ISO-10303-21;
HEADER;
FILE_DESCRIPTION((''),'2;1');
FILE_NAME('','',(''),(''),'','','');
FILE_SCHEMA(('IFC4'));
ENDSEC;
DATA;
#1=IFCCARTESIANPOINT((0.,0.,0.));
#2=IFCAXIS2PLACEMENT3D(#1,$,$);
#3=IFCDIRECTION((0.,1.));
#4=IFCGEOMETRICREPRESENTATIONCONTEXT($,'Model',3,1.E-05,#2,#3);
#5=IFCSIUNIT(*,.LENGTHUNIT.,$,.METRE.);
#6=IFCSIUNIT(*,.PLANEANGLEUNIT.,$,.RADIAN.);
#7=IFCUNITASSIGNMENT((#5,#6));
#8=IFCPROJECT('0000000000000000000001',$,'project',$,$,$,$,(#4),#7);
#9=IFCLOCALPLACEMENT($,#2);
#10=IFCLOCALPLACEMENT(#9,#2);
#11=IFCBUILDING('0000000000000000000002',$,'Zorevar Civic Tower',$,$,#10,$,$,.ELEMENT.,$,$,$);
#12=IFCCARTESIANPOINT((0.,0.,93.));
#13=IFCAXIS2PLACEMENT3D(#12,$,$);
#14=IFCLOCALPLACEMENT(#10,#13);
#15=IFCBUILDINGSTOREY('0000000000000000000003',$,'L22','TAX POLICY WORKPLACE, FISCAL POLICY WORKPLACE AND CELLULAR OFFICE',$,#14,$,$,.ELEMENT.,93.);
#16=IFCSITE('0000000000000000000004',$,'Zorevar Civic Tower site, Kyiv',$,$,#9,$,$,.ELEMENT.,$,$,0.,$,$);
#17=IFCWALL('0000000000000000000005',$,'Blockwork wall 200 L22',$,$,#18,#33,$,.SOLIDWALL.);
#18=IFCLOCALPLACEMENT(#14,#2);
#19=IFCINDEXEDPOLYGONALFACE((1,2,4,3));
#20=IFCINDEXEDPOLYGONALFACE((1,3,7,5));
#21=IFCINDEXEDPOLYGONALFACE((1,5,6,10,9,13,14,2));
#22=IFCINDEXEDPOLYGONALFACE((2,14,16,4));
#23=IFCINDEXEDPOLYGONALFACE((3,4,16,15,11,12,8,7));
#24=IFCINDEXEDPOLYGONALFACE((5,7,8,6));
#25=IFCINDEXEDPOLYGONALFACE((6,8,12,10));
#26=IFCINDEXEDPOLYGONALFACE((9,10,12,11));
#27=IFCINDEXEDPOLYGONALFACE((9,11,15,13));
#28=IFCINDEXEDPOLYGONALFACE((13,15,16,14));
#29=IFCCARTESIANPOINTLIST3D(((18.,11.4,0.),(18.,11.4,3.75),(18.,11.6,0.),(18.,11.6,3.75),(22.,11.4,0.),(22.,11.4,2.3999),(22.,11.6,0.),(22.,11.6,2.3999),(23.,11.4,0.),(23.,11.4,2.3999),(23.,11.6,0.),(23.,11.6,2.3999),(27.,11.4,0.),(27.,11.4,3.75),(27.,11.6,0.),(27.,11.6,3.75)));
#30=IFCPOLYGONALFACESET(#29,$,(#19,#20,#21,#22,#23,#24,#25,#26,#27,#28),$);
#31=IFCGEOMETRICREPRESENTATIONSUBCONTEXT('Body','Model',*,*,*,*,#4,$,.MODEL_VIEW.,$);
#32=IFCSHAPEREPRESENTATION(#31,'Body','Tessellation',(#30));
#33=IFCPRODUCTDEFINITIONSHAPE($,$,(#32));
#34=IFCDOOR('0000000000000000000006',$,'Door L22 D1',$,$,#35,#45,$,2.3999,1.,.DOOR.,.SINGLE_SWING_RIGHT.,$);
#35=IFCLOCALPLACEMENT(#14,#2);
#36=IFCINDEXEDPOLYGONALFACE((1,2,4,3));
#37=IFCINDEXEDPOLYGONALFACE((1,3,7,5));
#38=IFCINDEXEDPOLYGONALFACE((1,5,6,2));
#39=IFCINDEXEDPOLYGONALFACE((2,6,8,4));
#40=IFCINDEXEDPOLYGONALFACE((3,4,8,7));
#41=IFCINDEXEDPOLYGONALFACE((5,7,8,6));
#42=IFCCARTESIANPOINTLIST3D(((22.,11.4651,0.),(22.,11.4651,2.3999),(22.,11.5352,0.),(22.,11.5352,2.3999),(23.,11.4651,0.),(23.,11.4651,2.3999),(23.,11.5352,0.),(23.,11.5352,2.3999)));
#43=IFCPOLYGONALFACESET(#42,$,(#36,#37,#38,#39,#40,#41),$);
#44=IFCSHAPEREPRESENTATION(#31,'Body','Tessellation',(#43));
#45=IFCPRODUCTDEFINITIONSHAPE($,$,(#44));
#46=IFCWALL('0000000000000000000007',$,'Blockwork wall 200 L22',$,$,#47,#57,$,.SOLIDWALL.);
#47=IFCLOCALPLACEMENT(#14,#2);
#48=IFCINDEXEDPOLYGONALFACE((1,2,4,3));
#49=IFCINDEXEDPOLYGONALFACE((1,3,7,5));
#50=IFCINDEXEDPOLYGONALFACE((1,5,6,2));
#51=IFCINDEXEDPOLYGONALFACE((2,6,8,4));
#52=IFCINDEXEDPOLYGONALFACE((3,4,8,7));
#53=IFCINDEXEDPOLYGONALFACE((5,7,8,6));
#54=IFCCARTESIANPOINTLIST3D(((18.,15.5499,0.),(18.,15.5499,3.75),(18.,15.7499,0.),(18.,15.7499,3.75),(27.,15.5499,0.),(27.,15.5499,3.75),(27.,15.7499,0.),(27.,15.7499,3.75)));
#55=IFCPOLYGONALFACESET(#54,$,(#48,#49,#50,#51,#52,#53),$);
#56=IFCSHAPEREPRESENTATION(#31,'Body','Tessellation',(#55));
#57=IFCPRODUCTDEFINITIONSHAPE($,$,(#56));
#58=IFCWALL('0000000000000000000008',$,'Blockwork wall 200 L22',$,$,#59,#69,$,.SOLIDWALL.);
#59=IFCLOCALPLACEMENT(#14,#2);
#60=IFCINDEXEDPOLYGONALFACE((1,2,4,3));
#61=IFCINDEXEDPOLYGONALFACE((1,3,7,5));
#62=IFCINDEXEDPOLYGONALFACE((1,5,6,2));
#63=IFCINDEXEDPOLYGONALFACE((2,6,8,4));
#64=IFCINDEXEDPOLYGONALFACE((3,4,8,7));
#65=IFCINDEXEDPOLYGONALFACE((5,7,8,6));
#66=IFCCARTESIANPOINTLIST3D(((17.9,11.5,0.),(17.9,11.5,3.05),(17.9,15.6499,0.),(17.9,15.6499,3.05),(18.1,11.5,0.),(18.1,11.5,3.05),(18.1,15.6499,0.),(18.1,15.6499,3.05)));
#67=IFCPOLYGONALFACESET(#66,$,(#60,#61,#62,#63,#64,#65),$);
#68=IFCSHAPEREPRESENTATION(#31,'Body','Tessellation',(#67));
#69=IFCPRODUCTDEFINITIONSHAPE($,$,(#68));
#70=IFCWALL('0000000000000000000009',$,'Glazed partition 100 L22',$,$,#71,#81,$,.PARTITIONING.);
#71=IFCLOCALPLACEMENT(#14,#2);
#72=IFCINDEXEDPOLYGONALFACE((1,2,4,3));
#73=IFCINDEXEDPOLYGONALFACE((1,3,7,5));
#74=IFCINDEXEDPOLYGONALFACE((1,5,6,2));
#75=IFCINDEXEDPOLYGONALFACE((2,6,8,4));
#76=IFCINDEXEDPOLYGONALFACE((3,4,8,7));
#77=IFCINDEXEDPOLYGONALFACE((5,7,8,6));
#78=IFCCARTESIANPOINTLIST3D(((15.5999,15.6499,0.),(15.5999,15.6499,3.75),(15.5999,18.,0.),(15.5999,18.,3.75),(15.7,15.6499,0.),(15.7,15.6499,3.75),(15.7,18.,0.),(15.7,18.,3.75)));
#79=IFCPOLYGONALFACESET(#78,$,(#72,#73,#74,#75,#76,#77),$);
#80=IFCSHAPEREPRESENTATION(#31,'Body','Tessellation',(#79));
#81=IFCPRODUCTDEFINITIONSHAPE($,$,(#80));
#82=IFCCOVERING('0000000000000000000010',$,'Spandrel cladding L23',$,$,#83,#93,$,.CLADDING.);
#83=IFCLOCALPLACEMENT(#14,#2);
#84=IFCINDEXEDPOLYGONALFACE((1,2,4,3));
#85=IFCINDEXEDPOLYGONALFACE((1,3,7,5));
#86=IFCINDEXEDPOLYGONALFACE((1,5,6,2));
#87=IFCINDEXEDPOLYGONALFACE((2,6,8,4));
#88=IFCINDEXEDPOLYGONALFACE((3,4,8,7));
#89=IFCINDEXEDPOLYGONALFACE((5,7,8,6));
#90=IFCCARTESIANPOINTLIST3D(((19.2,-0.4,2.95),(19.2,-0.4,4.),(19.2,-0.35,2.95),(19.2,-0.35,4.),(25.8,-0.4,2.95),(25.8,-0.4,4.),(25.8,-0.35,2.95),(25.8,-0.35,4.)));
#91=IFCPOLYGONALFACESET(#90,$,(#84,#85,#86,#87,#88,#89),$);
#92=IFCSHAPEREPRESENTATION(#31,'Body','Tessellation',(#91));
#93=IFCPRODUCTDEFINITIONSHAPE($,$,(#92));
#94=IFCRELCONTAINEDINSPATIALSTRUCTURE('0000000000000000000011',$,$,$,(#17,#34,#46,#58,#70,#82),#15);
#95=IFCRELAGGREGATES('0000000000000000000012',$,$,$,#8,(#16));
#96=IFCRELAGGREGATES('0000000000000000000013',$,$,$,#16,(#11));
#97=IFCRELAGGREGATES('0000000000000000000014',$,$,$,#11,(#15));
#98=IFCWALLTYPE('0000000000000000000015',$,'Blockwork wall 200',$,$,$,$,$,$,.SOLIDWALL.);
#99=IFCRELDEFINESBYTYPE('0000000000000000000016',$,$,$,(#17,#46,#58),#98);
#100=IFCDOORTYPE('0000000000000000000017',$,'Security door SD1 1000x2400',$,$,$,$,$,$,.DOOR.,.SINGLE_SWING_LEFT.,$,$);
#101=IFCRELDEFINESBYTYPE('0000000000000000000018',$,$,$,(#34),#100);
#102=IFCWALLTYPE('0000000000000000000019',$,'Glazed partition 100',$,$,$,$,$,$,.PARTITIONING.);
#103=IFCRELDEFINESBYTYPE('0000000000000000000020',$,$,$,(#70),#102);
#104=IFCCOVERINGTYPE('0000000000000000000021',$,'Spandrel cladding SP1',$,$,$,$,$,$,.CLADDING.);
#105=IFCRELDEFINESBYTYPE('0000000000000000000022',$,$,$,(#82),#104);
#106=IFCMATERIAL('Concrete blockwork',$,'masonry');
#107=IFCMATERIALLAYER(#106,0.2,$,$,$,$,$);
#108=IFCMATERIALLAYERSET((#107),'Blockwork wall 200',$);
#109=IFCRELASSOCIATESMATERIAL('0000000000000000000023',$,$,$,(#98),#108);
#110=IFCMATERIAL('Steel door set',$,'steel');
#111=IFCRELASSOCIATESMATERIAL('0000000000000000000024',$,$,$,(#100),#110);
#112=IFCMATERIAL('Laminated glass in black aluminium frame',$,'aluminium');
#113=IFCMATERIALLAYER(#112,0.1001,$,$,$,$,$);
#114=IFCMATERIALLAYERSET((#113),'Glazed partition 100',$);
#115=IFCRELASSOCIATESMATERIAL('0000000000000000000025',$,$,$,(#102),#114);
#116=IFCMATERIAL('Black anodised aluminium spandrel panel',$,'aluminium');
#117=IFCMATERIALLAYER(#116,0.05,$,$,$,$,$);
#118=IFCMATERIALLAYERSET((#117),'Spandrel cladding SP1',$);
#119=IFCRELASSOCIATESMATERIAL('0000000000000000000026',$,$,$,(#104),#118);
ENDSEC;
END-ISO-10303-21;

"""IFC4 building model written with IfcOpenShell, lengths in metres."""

from ifc_helpers import new_model, si_unit, direction, frame, frame_2d, origin, place, context, subcontext, project, spatial, rectangle, extrude, material, layer, layer_set, type_object, element, fill, save


model = new_model("IFC4")

# Units and contexts
model_context = context("Model", 3, precision=1e-05, world=origin(), true_north=direction((0.0, 1.0)))
body_context = subcontext(model_context, "Body", "Model", "MODEL_VIEW")
ifc_project = project(units=[si_unit("LENGTHUNIT", "METRE"), si_unit("PLANEANGLEUNIT", "RADIAN")], contexts=[model_context])

# Site, building, storey
site_placement = place(None, origin())
site = spatial("IfcSite", under=ifc_project, at=site_placement, Name="Zorevar Civic Tower site, Kyiv", CompositionType="ELEMENT", RefElevation=0.0)
building_placement = place(site_placement, origin())
building = spatial("IfcBuilding", under=site, at=building_placement, Name="Zorevar Civic Tower", CompositionType="ELEMENT")
storey_placement = place(building_placement, frame((0.0, 0.0, 93.0)))
storey = spatial("IfcBuildingStorey", under=building, at=storey_placement, Name="L22", Description="TAX POLICY WORKPLACE, FISCAL POLICY WORKPLACE AND CELLULAR OFFICE", CompositionType="ELEMENT", Elevation=93.0)

# Wall, opening, door
ifc_material_1 = material(Name="Concrete blockwork", Category="masonry")
ifc_layer_1 = layer(ifc_material_1, 0.2)
ifc_layer_set_1 = layer_set([ifc_layer_1], Name="Blockwork wall 200")
wall_type_1 = type_object("IfcWallType", Name="Blockwork wall 200", PredefinedType="SOLIDWALL", material=ifc_layer_set_1)
wall_1_placement = place(storey_placement, frame((18.0, 11.5, 0.0), z_axis=(0.0, 0.0, 1.0), x_axis=(1.0, 0.0, 0.0)))
wall_1 = element("IfcWall", 1, at=wall_1_placement, inside=storey, type_object=wall_type_1, Name="Blockwork wall 200 L22", PredefinedType="SOLIDWALL", context=body_context, shape_type="SweptSolid", body=[
    extrude(rectangle(XDim=9.0, YDim=0.2, at=frame_2d((4.5, 0.0))), origin(), (0.0, 0.0, 1.0), 3.75),
])
opening_1_placement = place(wall_1_placement, frame((4.0, 0.0, 0.0)))
opening_1 = element("IfcOpeningElement", 2, at=opening_1_placement, cuts=wall_1, PredefinedType="OPENING", context=body_context, shape_type="SweptSolid", body=[
    extrude(rectangle(XDim=1.0, YDim=2.3999, at=frame_2d((0.5, 1.2))), frame((0.0, 0.1099, 0.0), z_axis=(0.0, -1.0, 0.0), x_axis=(1.0, 0.0, 0.0)), (0.0, 0.0, 1.0), 0.22),
])
ifc_material_2 = material(Name="Steel door set", Category="steel")
door_type_1 = type_object("IfcDoorType", Name="Security door SD1 1000x2400", OperationType="SINGLE_SWING_LEFT", PredefinedType="DOOR", material=ifc_material_2)
door_1_placement = place(opening_1_placement, origin())
door_1 = element("IfcDoor", 3, at=door_1_placement, inside=storey, type_object=door_type_1, Name="Door L22 D1", OperationType="SINGLE_SWING_RIGHT", OverallHeight=2.3999, OverallWidth=1.0, PredefinedType="DOOR", context=body_context, shape_type="SweptSolid", body=[
    extrude(rectangle(XDim=1.0, YDim=2.3999, at=frame_2d((0.5, 1.2))), frame((0.0, 0.0352, 0.0), z_axis=(0.0, -1.0, 0.0), x_axis=(1.0, 0.0, 0.0)), (0.0, 0.0, 1.0), 0.0701),
])
fill(opening_1, door_1)

# Walls
wall_2_placement = place(storey_placement, frame((18.0, 15.6499, 0.0), z_axis=(0.0, 0.0, 1.0), x_axis=(1.0, 0.0, 0.0)))
element("IfcWall", 4, at=wall_2_placement, inside=storey, type_object=wall_type_1, Name="Blockwork wall 200 L22", PredefinedType="SOLIDWALL", context=body_context, shape_type="SweptSolid", body=[
    extrude(rectangle(XDim=9.0, YDim=0.2, at=frame_2d((4.5, 0.0))), origin(), (0.0, 0.0, 1.0), 3.75),
])
wall_3_placement = place(storey_placement, frame((18.0, 11.5, 0.0), z_axis=(0.0, 0.0, 1.0), x_axis=(0.0, 1.0, 0.0)))
element("IfcWall", 5, at=wall_3_placement, inside=storey, type_object=wall_type_1, Name="Blockwork wall 200 L22", PredefinedType="SOLIDWALL", context=body_context, shape_type="SweptSolid", body=[
    extrude(rectangle(XDim=4.1499, YDim=0.2, at=frame_2d((2.075, 0.0))), origin(), (0.0, 0.0, 1.0), 3.05),
])

# Shared definitions
ifc_material_3 = material(Name="Laminated glass in black aluminium frame", Category="aluminium")
ifc_layer_2 = layer(ifc_material_3, 0.1001)
ifc_layer_set_2 = layer_set([ifc_layer_2], Name="Glazed partition 100")
wall_type_2 = type_object("IfcWallType", Name="Glazed partition 100", PredefinedType="PARTITIONING", material=ifc_layer_set_2)

# Wall
wall_4_placement = place(storey_placement, frame((15.6499, 15.6499, 0.0), z_axis=(0.0, 0.0, 1.0), x_axis=(0.0, 1.0, 0.0)))
element("IfcWall", 6, at=wall_4_placement, inside=storey, type_object=wall_type_2, Name="Glazed partition 100 L22", PredefinedType="PARTITIONING", context=body_context, shape_type="SweptSolid", body=[
    extrude(rectangle(XDim=2.3501, YDim=0.1001, at=frame_2d((1.175, 0.0))), origin(), (0.0, 0.0, 1.0), 3.75),
])

# Covering
ifc_material_4 = material(Name="Black anodised aluminium spandrel panel", Category="aluminium")
ifc_layer_3 = layer(ifc_material_4, 0.05)
ifc_layer_set_3 = layer_set([ifc_layer_3], Name="Spandrel cladding SP1")
covering_type = type_object("IfcCoveringType", Name="Spandrel cladding SP1", PredefinedType="CLADDING", material=ifc_layer_set_3)
covering_placement = place(storey_placement, frame((19.2, -0.375, 2.95), z_axis=(0.0, 0.0, 1.0), x_axis=(1.0, 0.0, 0.0)))
element("IfcCovering", 7, at=covering_placement, inside=storey, type_object=covering_type, Name="Spandrel cladding L23", PredefinedType="CLADDING", context=body_context, shape_type="SweptSolid", body=[
    extrude(rectangle(XDim=6.6001, YDim=0.05, at=frame_2d((3.3, 0.0))), origin(), (0.0, 0.0, 1.0), 1.05),
])

save(model, "model.ifc")
